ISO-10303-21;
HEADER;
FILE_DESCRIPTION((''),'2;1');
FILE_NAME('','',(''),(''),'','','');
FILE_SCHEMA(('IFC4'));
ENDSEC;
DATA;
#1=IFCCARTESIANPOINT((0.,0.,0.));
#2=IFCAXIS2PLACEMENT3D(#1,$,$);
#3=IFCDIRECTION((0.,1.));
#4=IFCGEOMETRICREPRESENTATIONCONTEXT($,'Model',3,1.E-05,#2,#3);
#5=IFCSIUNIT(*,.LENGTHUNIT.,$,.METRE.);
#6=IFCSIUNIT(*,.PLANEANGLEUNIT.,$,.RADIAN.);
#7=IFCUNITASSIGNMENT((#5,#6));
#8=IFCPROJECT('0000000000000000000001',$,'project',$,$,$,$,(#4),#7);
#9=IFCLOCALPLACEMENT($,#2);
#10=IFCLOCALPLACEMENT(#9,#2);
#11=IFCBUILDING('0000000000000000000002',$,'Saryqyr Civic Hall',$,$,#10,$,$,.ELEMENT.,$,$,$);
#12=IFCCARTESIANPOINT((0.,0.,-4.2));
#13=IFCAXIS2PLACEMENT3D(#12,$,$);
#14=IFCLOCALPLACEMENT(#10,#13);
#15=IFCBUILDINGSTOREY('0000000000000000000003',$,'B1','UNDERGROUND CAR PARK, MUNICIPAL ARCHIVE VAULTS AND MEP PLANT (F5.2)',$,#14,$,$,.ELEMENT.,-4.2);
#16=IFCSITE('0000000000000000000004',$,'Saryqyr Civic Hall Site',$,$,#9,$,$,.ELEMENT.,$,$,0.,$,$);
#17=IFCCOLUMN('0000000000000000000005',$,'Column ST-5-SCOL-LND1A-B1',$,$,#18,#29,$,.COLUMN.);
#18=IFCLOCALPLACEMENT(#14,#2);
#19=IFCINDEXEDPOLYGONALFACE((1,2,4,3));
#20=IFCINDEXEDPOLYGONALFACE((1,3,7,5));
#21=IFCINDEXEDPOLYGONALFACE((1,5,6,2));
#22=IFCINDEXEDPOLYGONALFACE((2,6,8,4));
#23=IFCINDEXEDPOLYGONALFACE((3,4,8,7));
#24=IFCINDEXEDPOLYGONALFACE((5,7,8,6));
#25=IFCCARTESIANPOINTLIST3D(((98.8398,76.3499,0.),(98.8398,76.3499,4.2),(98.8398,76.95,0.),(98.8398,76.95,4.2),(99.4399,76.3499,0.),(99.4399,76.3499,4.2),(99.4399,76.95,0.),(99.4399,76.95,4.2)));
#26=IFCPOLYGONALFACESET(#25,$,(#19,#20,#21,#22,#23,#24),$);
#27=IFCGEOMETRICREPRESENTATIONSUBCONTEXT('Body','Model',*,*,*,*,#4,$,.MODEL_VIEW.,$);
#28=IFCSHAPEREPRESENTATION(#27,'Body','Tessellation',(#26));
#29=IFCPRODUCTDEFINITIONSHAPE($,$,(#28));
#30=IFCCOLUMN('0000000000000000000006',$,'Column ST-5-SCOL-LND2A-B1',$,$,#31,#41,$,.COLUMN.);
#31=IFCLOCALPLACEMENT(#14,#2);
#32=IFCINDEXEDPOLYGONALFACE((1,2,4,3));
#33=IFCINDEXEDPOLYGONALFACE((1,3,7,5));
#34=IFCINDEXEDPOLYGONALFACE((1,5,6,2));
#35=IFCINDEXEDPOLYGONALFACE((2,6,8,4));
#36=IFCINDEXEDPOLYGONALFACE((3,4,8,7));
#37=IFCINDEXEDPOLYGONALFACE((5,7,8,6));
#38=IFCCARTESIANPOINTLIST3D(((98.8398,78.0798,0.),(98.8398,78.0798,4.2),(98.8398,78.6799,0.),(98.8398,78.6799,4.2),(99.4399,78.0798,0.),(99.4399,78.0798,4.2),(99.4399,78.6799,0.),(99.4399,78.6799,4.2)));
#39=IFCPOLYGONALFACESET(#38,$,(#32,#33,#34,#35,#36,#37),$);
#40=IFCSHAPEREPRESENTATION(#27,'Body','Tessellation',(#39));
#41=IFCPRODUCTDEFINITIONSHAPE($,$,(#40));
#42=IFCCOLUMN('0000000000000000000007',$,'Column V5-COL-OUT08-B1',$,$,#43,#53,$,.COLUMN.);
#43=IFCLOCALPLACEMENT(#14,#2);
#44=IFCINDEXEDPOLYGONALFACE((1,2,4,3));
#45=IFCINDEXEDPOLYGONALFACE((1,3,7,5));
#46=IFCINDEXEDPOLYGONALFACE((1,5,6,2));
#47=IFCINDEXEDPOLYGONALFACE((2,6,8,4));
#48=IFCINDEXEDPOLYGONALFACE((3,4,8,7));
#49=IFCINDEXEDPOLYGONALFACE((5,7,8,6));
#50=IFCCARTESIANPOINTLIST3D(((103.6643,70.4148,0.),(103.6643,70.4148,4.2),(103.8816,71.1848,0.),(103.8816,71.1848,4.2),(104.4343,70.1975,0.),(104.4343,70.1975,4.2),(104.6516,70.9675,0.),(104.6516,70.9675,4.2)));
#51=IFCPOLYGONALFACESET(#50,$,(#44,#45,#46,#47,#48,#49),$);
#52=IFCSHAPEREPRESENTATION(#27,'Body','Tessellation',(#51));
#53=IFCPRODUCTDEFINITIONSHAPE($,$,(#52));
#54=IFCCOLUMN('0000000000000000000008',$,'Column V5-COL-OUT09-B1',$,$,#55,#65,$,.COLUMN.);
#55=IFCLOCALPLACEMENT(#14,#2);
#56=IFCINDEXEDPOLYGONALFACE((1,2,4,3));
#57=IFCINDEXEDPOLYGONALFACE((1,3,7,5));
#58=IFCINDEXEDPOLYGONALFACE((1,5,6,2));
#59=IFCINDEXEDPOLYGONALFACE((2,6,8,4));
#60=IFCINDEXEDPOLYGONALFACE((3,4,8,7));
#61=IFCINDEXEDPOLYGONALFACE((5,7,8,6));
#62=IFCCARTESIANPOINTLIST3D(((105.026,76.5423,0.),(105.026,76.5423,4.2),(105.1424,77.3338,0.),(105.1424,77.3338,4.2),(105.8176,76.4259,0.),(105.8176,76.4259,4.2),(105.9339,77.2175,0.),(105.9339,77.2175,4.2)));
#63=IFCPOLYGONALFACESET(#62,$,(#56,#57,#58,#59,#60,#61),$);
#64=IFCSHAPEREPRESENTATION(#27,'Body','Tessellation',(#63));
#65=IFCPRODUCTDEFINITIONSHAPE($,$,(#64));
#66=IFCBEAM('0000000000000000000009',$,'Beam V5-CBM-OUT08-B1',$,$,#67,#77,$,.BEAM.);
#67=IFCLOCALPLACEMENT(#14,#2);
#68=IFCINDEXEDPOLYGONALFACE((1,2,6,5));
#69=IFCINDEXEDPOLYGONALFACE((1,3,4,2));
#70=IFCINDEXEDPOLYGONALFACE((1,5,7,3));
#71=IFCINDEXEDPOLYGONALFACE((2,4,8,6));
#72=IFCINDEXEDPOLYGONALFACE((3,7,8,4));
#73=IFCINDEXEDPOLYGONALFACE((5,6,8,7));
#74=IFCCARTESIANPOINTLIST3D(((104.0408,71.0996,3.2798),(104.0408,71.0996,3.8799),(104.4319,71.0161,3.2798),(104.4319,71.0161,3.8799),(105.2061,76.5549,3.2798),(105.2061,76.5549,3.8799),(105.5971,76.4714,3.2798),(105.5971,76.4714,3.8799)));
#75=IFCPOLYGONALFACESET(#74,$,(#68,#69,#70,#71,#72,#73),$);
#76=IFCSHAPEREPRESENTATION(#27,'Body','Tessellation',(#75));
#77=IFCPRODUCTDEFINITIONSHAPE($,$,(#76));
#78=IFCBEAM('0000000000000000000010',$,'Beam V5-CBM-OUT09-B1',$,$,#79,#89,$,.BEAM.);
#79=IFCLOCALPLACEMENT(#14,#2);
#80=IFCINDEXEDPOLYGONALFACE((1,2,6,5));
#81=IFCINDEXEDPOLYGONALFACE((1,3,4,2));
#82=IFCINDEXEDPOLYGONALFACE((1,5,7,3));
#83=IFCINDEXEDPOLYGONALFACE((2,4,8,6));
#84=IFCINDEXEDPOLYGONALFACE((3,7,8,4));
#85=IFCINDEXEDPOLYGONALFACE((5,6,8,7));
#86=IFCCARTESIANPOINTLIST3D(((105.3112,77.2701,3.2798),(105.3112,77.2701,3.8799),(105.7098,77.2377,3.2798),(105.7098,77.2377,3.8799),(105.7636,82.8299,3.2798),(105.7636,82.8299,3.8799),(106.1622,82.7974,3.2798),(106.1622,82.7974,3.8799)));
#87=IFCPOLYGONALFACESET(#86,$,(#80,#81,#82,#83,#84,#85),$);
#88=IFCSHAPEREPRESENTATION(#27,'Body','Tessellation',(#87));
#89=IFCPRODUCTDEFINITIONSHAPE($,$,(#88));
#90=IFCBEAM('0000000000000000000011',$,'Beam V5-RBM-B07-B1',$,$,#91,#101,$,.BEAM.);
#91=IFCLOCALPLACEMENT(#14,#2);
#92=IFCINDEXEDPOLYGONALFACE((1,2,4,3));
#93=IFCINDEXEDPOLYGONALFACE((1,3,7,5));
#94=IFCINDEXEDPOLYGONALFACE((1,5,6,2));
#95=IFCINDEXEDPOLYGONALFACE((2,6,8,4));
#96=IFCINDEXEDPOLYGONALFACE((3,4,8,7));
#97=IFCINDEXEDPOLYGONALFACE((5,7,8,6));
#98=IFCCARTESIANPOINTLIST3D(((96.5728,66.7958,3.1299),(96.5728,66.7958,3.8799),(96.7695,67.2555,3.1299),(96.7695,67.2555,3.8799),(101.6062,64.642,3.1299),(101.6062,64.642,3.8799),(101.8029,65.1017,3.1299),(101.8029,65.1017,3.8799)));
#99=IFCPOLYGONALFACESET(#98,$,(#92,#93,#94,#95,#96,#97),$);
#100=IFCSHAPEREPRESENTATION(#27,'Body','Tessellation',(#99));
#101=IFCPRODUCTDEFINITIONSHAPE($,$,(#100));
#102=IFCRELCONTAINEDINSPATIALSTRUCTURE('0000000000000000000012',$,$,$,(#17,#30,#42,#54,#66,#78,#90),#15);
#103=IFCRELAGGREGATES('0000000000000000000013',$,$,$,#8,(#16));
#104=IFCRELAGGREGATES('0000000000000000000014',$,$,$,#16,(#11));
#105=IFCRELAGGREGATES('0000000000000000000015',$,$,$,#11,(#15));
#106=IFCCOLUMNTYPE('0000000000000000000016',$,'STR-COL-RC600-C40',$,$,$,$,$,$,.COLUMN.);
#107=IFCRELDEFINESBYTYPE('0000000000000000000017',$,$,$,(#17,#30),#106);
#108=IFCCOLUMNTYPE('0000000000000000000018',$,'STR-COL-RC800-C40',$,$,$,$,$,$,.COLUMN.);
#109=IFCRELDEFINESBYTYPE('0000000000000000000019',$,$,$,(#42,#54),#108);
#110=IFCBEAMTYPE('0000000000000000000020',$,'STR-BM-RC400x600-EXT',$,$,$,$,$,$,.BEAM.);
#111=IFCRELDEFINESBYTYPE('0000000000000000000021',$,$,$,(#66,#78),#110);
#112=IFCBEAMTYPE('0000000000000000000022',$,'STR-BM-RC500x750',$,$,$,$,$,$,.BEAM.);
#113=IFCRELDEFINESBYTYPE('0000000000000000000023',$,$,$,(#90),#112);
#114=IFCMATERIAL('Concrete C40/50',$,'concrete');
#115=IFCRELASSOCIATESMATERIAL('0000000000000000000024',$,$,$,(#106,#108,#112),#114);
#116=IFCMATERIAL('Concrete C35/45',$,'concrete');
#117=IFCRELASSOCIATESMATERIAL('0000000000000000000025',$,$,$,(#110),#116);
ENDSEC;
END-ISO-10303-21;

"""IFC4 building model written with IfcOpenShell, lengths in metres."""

from ifc_helpers import new_model, si_unit, direction, frame, origin, origin_2d, place, context, subcontext, project, spatial, rectangle, extrude, material, material_profile, profile_set, type_object, element, save


model = new_model("IFC4")

# Units and contexts
model_context = context("Model", 3, precision=1e-05, world=origin(), true_north=direction((0.0, 1.0)))
body_context = subcontext(model_context, "Body", "Model", "MODEL_VIEW")
ifc_project = project(units=[si_unit("LENGTHUNIT", "METRE"), si_unit("PLANEANGLEUNIT", "RADIAN")], contexts=[model_context])

# Site, building, storey
site_placement = place(None, origin())
site = spatial("IfcSite", under=ifc_project, at=site_placement, Name="Saryqyr Civic Hall Site", CompositionType="ELEMENT", RefElevation=0.0)
building_placement = place(site_placement, origin())
building = spatial("IfcBuilding", under=site, at=building_placement, Name="Saryqyr Civic Hall", CompositionType="ELEMENT")
storey_placement = place(building_placement, frame((0.0, 0.0, -4.2)))
storey = spatial("IfcBuildingStorey", under=building, at=storey_placement, Name="B1", Description="UNDERGROUND CAR PARK, MUNICIPAL ARCHIVE VAULTS AND MEP PLANT (F5.2)", CompositionType="ELEMENT", Elevation=-4.2)

# Shared definitions
ifc_material_1 = material(Name="Concrete C35/45", Category="concrete")

# Columns
ifc_material_2 = material(Name="Concrete C40/50", Category="concrete")
ifc_material_profile_1 = material_profile(ifc_material_2, rectangle(XDim=0.6001, YDim=0.6001, at=origin_2d()), Name="RC 600x600")
ifc_profile_set_1 = profile_set([ifc_material_profile_1], Name="Concrete C40/50")
column_type_1 = type_object("IfcColumnType", Name="STR-COL-RC600-C40", PredefinedType="COLUMN", material=ifc_profile_set_1)
for number, where, z_axis, x_axis, name in (
    (1, (99.1399, 76.6499, 0.0), (0.0, 0.0, 1.0), (1.0, 0.0, 0.0), "Column ST-5-SCOL-LND1A-B1"),
    (2, (99.1399, 78.3799, 0.0), (0.0, 0.0, 1.0), (1.0, 0.0, 0.0), "Column ST-5-SCOL-LND2A-B1"),
):
    element("IfcColumn", number, at=place(storey_placement, frame(where, z_axis=z_axis, x_axis=x_axis)), inside=storey, type_object=column_type_1, Name=name, PredefinedType="COLUMN", context=body_context, shape_type="SweptSolid", body=[
        extrude(rectangle(XDim=0.6001, YDim=0.6001, at=origin_2d()), origin(), (0.0, 0.0, 1.0), 4.2),
    ])
ifc_material_profile_2 = material_profile(ifc_material_2, rectangle(XDim=0.8, YDim=0.8, at=origin_2d()), Name="RC 800x800")
ifc_profile_set_2 = profile_set([ifc_material_profile_2], Name="Concrete C40/50")
column_type_2 = type_object("IfcColumnType", Name="STR-COL-RC800-C40", PredefinedType="COLUMN", material=ifc_profile_set_2)
for number, where, z_axis, x_axis, name in (
    (3, (104.158, 70.6912, 0.0), (0.0, 0.0, 1.0), (0.962408, -0.271608, 0.0), "Column V5-COL-OUT08-B1"),
    (4, (105.48, 76.8799, 0.0), (0.0, 0.0, 1.0), (0.989374, -0.145392, 0.0), "Column V5-COL-OUT09-B1"),
):
    element("IfcColumn", number, at=place(storey_placement, frame(where, z_axis=z_axis, x_axis=x_axis)), inside=storey, type_object=column_type_2, Name=name, PredefinedType="COLUMN", context=body_context, shape_type="SweptSolid", body=[
        extrude(rectangle(XDim=0.8, YDim=0.8, at=origin_2d()), origin(), (0.0, 0.0, 1.0), 4.2),
    ])

# Beams
ifc_material_profile_3 = material_profile(ifc_material_1, rectangle(XDim=0.3999, YDim=0.6001, at=origin_2d()), Name="RC 400x600")
ifc_profile_set_3 = profile_set([ifc_material_profile_3], Name="Concrete C35/45")
beam_type_1 = type_object("IfcBeamType", Name="STR-BM-RC400x600-EXT", PredefinedType="BEAM", material=ifc_profile_set_3)
beam_1_placement = place(storey_placement, frame((104.2363, 71.0579, 3.5798), z_axis=(0.208892, 0.977939, 0.0), x_axis=(-0.977939, 0.208892, 0.0)))
element("IfcBeam", 5, at=beam_1_placement, inside=storey, type_object=beam_type_1, Name="Beam V5-CBM-OUT08-B1", PredefinedType="BEAM", context=body_context, shape_type="SweptSolid", body=[
    extrude(rectangle(XDim=0.3999, YDim=0.6001, at=origin_2d()), origin(), (0.0, 0.0, 1.0), 5.5784),
])
beam_2_placement = place(storey_placement, frame((105.5105, 77.2539, 3.5798), z_axis=(0.0811, 0.996706, 0.0), x_axis=(-0.996706, 0.0811, 0.0)))
element("IfcBeam", 6, at=beam_2_placement, inside=storey, type_object=beam_type_1, Name="Beam V5-CBM-OUT09-B1", PredefinedType="BEAM", context=body_context, shape_type="SweptSolid", body=[
    extrude(rectangle(XDim=0.3999, YDim=0.6001, at=origin_2d()), origin(), (0.0, 0.0, 1.0), 5.5781),
])
ifc_material_profile_4 = material_profile(ifc_material_2, rectangle(XDim=0.5, YDim=0.75, at=origin_2d()), Name="RC 500x750")
ifc_profile_set_4 = profile_set([ifc_material_profile_4], Name="Concrete C40/50")
beam_type_2 = type_object("IfcBeamType", Name="STR-BM-RC500x750", PredefinedType="BEAM", material=ifc_profile_set_4)
beam_3_placement = place(storey_placement, frame((96.6711, 67.0256, 3.5049), z_axis=(0.919369, -0.393397, 0.0), x_axis=(0.393397, 0.919369, 0.0)))
element("IfcBeam", 7, at=beam_3_placement, inside=storey, type_object=beam_type_2, Name="Beam V5-RBM-B07-B1", PredefinedType="BEAM", context=body_context, shape_type="SweptSolid", body=[
    extrude(rectangle(XDim=0.5, YDim=0.75, at=origin_2d()), origin(), (0.0, 0.0, 1.0), 5.4749),
])

save(model, "model.ifc")
